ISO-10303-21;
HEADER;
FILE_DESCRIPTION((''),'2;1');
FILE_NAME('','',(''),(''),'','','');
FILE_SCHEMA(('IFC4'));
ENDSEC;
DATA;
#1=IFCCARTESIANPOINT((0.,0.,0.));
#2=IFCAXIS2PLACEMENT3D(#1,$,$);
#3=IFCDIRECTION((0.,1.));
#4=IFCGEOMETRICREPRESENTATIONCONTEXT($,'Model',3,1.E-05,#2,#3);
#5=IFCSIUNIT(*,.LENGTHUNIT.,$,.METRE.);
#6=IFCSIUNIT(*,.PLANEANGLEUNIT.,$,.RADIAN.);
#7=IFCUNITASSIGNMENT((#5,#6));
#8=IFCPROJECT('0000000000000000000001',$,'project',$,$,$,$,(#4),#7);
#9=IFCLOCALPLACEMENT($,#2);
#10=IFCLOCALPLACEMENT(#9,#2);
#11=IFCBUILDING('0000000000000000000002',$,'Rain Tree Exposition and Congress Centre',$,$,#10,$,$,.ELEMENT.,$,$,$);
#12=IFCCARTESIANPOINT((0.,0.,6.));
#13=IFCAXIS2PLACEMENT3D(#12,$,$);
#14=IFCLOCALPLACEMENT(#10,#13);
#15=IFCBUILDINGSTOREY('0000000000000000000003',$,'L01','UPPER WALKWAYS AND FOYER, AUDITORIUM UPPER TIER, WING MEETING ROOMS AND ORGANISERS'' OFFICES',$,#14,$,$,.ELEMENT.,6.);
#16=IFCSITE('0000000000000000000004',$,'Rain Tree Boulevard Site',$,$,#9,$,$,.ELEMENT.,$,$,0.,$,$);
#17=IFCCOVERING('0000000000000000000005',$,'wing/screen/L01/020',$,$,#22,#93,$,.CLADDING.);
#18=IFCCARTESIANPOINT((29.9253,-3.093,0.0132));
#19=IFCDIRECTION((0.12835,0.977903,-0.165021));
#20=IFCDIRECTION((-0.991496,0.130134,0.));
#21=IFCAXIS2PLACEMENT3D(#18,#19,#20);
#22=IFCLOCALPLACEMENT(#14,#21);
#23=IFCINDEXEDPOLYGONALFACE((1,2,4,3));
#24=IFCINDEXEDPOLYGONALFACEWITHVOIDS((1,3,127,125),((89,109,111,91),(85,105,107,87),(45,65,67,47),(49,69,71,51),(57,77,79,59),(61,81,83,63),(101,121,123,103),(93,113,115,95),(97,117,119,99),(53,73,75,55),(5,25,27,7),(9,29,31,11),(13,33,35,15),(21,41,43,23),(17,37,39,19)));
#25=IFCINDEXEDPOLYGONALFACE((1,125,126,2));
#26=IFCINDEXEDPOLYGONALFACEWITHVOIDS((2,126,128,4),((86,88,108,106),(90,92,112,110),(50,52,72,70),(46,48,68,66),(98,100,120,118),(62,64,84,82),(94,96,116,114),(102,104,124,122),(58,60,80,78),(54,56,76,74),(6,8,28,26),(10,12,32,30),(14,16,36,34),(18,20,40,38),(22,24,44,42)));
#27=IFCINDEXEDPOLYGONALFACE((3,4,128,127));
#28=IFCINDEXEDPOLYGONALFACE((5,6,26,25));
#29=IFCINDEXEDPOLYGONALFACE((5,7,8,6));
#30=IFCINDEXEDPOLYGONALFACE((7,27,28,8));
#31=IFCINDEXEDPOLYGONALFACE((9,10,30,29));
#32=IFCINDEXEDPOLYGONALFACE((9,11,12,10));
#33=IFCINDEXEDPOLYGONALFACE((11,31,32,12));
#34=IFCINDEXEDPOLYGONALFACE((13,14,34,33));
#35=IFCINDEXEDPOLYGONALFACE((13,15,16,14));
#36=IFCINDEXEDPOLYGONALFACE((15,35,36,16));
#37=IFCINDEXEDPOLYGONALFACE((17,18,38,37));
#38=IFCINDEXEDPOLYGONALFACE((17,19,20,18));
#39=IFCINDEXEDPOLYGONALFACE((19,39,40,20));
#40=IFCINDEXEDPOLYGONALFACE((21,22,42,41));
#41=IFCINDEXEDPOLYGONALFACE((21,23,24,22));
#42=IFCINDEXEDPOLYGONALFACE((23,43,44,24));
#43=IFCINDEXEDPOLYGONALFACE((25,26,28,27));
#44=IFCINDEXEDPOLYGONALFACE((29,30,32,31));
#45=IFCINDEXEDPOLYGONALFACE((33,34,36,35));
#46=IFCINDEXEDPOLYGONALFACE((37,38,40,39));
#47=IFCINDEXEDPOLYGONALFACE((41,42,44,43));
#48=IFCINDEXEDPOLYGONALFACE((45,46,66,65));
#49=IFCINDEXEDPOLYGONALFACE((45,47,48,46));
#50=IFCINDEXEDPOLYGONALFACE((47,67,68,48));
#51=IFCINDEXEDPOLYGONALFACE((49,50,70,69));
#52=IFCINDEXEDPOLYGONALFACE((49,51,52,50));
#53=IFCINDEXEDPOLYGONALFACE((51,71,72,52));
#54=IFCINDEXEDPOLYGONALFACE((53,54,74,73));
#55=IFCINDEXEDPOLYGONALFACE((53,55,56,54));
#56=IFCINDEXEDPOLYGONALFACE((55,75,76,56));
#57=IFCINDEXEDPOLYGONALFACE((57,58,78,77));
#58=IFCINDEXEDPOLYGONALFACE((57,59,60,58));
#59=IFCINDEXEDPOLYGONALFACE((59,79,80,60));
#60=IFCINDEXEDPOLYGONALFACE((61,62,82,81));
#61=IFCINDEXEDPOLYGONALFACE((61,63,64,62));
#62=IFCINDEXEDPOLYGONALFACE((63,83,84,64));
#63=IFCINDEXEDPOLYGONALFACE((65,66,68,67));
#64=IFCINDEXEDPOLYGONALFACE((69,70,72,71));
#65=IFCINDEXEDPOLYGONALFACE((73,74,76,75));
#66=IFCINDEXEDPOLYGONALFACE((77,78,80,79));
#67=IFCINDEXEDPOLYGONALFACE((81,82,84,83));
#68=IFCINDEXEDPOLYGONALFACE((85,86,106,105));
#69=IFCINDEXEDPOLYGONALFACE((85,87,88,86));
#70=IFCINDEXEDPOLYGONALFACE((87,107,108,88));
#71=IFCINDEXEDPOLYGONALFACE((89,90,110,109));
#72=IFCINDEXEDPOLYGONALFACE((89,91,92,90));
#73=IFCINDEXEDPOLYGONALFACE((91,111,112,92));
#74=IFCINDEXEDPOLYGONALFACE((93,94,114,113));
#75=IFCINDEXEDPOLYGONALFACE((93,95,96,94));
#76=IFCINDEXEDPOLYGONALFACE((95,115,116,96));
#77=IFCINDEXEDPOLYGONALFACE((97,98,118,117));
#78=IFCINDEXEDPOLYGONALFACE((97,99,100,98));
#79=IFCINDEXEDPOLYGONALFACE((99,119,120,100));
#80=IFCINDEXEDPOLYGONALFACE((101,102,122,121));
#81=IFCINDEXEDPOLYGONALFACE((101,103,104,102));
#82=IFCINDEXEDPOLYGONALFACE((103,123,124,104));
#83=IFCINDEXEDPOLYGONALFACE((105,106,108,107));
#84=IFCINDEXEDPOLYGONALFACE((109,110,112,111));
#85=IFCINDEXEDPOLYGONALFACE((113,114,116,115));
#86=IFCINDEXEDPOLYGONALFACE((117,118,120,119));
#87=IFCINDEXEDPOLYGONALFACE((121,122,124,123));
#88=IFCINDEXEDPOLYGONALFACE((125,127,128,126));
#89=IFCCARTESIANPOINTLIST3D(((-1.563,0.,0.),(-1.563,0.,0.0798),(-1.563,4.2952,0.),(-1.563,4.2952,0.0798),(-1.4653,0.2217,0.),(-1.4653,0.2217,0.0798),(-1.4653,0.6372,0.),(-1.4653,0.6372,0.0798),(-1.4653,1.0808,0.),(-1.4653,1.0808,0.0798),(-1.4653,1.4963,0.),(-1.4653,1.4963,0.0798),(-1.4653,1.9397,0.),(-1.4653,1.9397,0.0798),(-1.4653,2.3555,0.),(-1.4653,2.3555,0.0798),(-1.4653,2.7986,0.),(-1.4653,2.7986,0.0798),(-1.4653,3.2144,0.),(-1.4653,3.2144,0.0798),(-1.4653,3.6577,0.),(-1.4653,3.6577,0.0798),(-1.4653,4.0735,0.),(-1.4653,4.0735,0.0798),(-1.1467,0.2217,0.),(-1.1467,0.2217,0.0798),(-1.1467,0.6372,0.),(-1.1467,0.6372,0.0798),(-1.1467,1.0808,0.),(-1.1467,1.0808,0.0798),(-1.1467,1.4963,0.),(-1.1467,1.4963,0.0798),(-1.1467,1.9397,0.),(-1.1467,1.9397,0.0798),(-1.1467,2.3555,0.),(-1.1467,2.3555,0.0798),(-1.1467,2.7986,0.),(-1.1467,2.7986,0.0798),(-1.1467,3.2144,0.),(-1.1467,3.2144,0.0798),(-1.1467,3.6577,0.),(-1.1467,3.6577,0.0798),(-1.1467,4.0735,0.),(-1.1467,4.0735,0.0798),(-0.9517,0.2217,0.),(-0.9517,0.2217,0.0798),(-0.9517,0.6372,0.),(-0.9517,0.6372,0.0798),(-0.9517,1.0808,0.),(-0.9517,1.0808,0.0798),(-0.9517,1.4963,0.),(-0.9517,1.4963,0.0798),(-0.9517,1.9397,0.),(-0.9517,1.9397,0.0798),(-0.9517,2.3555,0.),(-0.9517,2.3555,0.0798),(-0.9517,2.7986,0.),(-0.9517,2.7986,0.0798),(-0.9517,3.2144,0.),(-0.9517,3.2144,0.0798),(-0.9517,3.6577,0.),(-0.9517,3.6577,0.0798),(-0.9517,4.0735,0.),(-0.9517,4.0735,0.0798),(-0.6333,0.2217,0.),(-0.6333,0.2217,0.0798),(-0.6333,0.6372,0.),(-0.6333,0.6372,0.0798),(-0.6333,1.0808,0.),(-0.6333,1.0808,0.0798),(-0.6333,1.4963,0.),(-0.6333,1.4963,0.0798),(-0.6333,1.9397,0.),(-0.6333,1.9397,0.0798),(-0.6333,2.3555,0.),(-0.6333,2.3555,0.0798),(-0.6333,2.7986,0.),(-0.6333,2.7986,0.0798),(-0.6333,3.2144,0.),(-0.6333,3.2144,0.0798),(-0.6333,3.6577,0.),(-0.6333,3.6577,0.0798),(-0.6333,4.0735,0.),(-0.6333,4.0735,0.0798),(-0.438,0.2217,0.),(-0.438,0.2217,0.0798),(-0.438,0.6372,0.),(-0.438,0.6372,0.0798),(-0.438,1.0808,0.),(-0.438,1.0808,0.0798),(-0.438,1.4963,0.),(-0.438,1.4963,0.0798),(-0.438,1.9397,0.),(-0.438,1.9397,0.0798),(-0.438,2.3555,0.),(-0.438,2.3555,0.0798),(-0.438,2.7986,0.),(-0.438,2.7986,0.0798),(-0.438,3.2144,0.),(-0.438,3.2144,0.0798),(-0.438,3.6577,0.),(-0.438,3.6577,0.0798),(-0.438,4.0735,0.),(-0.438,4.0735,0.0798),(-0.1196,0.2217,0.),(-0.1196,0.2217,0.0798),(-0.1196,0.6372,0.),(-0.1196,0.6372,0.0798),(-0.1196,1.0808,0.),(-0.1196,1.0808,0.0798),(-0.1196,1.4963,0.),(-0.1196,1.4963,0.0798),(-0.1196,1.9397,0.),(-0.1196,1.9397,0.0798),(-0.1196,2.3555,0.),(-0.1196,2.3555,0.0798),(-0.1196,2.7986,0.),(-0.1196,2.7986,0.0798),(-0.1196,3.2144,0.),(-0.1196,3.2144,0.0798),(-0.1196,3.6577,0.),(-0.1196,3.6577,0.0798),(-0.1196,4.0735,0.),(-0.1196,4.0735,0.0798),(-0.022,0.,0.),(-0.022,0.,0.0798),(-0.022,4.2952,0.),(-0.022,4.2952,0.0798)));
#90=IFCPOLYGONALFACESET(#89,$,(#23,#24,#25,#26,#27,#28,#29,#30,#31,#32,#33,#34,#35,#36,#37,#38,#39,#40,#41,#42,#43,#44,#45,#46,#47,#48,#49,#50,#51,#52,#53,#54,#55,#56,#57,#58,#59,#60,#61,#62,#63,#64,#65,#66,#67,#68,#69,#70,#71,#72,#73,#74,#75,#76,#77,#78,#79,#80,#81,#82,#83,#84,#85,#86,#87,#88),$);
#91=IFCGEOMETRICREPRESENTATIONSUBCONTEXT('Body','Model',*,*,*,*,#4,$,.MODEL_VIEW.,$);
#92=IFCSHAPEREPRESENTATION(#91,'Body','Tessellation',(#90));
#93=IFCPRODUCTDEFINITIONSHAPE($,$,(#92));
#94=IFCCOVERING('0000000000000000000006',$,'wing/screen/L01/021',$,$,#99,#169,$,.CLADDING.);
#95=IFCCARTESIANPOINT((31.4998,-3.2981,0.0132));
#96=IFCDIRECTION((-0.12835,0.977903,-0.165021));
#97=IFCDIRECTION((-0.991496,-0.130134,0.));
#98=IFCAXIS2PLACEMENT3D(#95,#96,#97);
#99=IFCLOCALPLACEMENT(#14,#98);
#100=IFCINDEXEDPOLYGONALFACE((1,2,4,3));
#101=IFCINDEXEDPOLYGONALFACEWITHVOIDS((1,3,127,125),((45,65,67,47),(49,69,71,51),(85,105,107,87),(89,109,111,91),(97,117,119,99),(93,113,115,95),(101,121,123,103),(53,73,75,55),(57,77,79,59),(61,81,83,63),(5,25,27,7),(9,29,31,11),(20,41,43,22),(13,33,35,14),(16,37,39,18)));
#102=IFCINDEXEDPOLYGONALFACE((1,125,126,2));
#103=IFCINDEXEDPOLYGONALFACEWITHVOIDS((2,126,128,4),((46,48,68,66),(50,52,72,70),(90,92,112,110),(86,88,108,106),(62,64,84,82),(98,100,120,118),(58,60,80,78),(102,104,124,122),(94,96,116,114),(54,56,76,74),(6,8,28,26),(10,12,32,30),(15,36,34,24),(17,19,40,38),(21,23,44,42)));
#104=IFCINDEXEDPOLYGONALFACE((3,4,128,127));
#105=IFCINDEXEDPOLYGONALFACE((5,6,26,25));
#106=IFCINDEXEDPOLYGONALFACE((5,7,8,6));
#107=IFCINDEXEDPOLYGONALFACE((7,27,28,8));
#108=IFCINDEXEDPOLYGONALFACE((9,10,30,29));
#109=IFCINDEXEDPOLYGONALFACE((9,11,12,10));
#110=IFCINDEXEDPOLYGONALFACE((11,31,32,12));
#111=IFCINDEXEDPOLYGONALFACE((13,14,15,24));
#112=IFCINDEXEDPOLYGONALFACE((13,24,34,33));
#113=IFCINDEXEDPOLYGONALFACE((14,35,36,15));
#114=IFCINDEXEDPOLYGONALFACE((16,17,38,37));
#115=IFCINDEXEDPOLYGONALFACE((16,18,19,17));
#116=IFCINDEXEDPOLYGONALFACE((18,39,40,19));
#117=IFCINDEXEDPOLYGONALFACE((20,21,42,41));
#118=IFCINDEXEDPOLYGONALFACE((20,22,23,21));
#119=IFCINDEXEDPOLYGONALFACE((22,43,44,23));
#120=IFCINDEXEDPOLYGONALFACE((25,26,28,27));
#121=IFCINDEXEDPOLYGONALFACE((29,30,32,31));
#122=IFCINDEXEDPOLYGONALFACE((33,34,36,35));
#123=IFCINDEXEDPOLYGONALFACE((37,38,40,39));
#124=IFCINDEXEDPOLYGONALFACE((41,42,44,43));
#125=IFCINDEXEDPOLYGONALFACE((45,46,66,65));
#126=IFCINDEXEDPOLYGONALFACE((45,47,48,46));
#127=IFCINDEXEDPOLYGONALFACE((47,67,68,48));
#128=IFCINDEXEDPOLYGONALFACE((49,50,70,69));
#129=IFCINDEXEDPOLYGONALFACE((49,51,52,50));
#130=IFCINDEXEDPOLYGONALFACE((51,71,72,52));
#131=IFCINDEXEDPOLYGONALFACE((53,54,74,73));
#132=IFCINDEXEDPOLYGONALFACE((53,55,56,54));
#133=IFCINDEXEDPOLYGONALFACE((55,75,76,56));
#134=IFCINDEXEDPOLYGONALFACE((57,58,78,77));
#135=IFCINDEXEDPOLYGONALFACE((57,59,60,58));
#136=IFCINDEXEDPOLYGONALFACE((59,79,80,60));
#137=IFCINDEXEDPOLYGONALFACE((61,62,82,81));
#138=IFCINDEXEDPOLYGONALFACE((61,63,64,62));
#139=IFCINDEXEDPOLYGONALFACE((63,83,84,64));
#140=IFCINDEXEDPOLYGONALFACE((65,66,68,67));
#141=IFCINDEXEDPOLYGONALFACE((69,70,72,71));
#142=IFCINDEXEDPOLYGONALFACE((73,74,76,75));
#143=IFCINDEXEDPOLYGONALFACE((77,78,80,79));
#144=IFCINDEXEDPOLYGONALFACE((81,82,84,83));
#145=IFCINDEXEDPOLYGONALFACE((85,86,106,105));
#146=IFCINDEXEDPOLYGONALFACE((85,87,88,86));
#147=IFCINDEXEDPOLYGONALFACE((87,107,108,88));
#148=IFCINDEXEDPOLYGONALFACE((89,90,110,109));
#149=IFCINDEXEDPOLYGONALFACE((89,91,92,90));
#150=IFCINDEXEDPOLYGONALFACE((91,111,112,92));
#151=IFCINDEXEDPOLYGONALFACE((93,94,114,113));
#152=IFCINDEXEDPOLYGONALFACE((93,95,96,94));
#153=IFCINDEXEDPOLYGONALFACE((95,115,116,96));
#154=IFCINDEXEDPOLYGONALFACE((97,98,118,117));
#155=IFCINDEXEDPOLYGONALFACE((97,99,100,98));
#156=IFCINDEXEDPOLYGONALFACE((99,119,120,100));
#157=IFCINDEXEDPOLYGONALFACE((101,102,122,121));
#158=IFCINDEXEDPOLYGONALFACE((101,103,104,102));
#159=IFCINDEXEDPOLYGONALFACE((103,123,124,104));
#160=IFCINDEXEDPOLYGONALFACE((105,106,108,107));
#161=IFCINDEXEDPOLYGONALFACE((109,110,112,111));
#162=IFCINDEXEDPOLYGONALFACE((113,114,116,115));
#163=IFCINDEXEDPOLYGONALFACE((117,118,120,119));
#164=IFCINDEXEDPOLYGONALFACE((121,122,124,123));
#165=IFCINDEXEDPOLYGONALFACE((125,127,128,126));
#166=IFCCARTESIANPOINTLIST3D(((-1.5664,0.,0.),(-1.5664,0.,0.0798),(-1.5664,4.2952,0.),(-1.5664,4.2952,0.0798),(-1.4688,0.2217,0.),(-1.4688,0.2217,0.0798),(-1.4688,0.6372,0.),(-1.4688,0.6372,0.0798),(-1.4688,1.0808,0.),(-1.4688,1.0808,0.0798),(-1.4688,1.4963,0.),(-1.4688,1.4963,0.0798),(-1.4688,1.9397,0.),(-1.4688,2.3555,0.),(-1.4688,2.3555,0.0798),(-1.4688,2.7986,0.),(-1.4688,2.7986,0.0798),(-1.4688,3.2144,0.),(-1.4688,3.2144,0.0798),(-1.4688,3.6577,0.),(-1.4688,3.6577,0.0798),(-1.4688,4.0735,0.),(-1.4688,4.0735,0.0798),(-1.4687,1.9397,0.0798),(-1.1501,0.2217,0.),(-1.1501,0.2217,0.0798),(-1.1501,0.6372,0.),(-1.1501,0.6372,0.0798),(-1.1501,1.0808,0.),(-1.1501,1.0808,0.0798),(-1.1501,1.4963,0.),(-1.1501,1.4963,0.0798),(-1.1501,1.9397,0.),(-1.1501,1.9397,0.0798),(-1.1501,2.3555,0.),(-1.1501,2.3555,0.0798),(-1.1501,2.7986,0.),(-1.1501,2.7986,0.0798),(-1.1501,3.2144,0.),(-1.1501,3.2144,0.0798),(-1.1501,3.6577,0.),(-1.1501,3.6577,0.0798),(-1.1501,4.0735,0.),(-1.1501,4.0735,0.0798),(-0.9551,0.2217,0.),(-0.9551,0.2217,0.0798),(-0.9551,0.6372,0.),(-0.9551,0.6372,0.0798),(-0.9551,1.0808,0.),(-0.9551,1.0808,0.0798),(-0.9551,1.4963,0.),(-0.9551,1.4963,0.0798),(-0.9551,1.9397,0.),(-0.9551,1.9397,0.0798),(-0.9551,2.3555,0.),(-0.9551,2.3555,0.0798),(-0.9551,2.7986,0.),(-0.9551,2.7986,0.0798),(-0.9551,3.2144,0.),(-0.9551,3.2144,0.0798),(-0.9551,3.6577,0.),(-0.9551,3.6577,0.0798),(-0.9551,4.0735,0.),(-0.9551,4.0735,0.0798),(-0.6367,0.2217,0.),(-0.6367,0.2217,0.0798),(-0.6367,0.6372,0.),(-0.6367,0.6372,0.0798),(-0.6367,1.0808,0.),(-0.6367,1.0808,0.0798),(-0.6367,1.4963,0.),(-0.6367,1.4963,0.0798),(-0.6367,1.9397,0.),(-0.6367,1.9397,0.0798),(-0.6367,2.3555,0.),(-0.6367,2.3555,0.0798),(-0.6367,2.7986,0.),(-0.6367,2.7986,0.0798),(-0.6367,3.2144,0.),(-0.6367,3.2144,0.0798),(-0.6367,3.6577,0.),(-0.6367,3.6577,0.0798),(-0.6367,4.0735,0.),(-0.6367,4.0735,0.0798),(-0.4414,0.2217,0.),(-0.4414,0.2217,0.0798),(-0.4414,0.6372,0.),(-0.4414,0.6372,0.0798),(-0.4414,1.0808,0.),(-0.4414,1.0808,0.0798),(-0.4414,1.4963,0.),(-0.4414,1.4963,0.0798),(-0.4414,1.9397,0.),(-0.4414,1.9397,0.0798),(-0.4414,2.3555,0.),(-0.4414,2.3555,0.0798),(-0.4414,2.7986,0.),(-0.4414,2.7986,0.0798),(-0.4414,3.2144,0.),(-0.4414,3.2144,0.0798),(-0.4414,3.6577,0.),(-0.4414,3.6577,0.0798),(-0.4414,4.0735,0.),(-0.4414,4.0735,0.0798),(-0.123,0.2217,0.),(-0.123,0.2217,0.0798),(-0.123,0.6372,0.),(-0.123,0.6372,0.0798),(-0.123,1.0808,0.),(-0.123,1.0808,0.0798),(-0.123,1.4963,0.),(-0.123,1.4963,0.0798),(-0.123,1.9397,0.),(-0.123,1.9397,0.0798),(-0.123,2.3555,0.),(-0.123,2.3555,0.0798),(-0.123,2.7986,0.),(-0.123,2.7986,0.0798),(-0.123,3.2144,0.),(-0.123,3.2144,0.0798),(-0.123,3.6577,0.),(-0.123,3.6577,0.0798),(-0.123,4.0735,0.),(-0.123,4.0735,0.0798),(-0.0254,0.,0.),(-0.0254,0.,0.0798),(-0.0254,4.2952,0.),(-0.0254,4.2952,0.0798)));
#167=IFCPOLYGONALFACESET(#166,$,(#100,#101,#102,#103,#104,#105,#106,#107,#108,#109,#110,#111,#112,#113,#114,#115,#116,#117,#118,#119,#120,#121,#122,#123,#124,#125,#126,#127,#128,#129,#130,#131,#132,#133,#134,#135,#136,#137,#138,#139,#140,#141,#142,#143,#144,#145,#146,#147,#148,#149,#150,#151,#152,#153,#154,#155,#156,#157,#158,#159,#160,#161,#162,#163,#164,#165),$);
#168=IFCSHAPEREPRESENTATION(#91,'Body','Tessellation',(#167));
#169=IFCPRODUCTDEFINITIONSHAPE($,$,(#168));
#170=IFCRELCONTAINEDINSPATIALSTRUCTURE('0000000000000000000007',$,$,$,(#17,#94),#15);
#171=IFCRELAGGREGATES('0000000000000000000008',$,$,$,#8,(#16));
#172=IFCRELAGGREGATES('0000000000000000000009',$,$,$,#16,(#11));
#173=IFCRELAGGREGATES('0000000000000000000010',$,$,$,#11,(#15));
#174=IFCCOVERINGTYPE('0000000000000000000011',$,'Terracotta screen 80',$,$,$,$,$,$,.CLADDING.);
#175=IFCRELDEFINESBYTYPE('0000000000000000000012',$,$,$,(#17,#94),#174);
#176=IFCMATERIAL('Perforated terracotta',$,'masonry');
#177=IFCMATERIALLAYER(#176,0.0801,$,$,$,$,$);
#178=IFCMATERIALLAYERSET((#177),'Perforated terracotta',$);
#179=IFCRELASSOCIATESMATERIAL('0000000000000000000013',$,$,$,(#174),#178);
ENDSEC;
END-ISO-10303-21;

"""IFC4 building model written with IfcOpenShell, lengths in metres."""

from ifc_helpers import new_model, si_unit, direction, frame, origin, place, context, subcontext, project, spatial, polyline, outline, extrude, material, layer, layer_set, type_object, element, save


model = new_model("IFC4")

# Units and contexts
model_context = context("Model", 3, precision=1e-05, world=origin(), true_north=direction((0.0, 1.0)))
body_context = subcontext(model_context, "Body", "Model", "MODEL_VIEW")
ifc_project = project(units=[si_unit("LENGTHUNIT", "METRE"), si_unit("PLANEANGLEUNIT", "RADIAN")], contexts=[model_context])

# Site, building, storey
site_placement = place(None, origin())
site = spatial("IfcSite", under=ifc_project, at=site_placement, Name="Rain Tree Boulevard Site", CompositionType="ELEMENT", RefElevation=0.0)
building_placement = place(site_placement, origin())
building = spatial("IfcBuilding", under=site, at=building_placement, Name="Rain Tree Exposition and Congress Centre", CompositionType="ELEMENT")
storey_placement = place(building_placement, frame((0.0, 0.0, 6.0)))
storey = spatial("IfcBuildingStorey", under=building, at=storey_placement, Name="L01", Description="UPPER WALKWAYS AND FOYER, AUDITORIUM UPPER TIER, WING MEETING ROOMS AND ORGANISERS' OFFICES", CompositionType="ELEMENT", Elevation=6.0)

# Coverings
ifc_material_1 = material(Name="Perforated terracotta", Category="masonry")
ifc_layer_1 = layer(ifc_material_1, 0.0801)
ifc_layer_set_1 = layer_set([ifc_layer_1], Name="Perforated terracotta")
covering_type = type_object("IfcCoveringType", Name="Terracotta screen 80", PredefinedType="CLADDING", material=ifc_layer_set_1)
covering_1_placement = place(storey_placement, frame((29.9253, -3.093, 0.0132), z_axis=(0.12835, 0.977903, -0.165021), x_axis=(-0.991496, 0.130134, 0.0)))
element("IfcCovering", 1, at=covering_1_placement, inside=storey, type_object=covering_type, Name="wing/screen/L01/020", PredefinedType="CLADDING", context=body_context, shape_type="SweptSolid", body=[
    extrude(outline(polyline([(-1.563, 0.0), (-1.563, 4.2952), (-0.022, 4.2952), (-0.022, 0.0), (-1.563, 0.0)]), holes=[polyline([(-0.1196, 0.2217), (-0.1196, 0.6372), (-0.438, 0.6372), (-0.438, 0.2217), (-0.1196, 0.2217)]), polyline([(-0.1196, 1.0808), (-0.1196, 1.4963), (-0.438, 1.4963), (-0.438, 1.0808), (-0.1196, 1.0808)]), polyline([(-0.1196, 1.9397), (-0.1196, 2.3555), (-0.438, 2.3555), (-0.438, 1.9397), (-0.1196, 1.9397)]), polyline([(-0.1196, 2.7986), (-0.1196, 3.2144), (-0.438, 3.2144), (-0.438, 2.7986), (-0.1196, 2.7986)]), polyline([(-0.1196, 3.6577), (-0.1196, 4.0735), (-0.438, 4.0735), (-0.438, 3.6577), (-0.1196, 3.6577)]), polyline([(-0.6333, 0.2217), (-0.6333, 0.6372), (-0.9517, 0.6372), (-0.9517, 0.2217), (-0.6333, 0.2217)]), polyline([(-0.6333, 1.0808), (-0.6333, 1.4963), (-0.9517, 1.4963), (-0.9517, 1.0808), (-0.6333, 1.0808)]), polyline([(-0.6333, 1.9397), (-0.6333, 2.3555), (-0.9517, 2.3555), (-0.9517, 1.9397), (-0.6333, 1.9397)]), polyline([(-0.6333, 2.7986), (-0.6333, 3.2144), (-0.9517, 3.2144), (-0.9517, 2.7986), (-0.6333, 2.7986)]), polyline([(-0.6333, 3.6577), (-0.6333, 4.0735), (-0.9517, 4.0735), (-0.9517, 3.6577), (-0.6333, 3.6577)]), polyline([(-1.1467, 0.2217), (-1.1467, 0.6372), (-1.4653, 0.6372), (-1.4653, 0.2217), (-1.1467, 0.2217)]), polyline([(-1.1467, 1.0808), (-1.1467, 1.4963), (-1.4653, 1.4963), (-1.4653, 1.0808), (-1.1467, 1.0808)]), polyline([(-1.1467, 1.9397), (-1.1467, 2.3555), (-1.4653, 2.3555), (-1.4653, 1.9397), (-1.1467, 1.9397)]), polyline([(-1.1467, 2.7986), (-1.1467, 3.2144), (-1.4653, 3.2144), (-1.4653, 2.7986), (-1.1467, 2.7986)]), polyline([(-1.1467, 3.6577), (-1.1467, 4.0735), (-1.4653, 4.0735), (-1.4653, 3.6577), (-1.1467, 3.6577)])]), origin(), (0.0, 0.0, 1.0), 0.0798),
])
covering_2_placement = place(storey_placement, frame((31.4998, -3.2981, 0.0132), z_axis=(-0.12835, 0.977903, -0.165021), x_axis=(-0.991496, -0.130134, 0.0)))
element("IfcCovering", 2, at=covering_2_placement, inside=storey, type_object=covering_type, Name="wing/screen/L01/021", PredefinedType="CLADDING", context=body_context, shape_type="SweptSolid", body=[
    extrude(outline(polyline([(-1.5664, 0.0), (-1.5664, 4.2952), (-0.0254, 4.2952), (-0.0254, 0.0), (-1.5664, 0.0)]), holes=[polyline([(-0.123, 0.2217), (-0.123, 0.6372), (-0.4414, 0.6372), (-0.4414, 0.2217), (-0.123, 0.2217)]), polyline([(-0.123, 1.0808), (-0.123, 1.4963), (-0.4414, 1.4963), (-0.4414, 1.0808), (-0.123, 1.0808)]), polyline([(-0.123, 1.9397), (-0.123, 2.3555), (-0.4414, 2.3555), (-0.4414, 1.9397), (-0.123, 1.9397)]), polyline([(-0.123, 2.7986), (-0.123, 3.2144), (-0.4414, 3.2144), (-0.4414, 2.7986), (-0.123, 2.7986)]), polyline([(-0.123, 3.6577), (-0.123, 4.0735), (-0.4414, 4.0735), (-0.4414, 3.6577), (-0.123, 3.6577)]), polyline([(-0.6367, 0.2217), (-0.6367, 0.6372), (-0.9551, 0.6372), (-0.9551, 0.2217), (-0.6367, 0.2217)]), polyline([(-0.6367, 1.0808), (-0.6367, 1.4963), (-0.9551, 1.4963), (-0.9551, 1.0808), (-0.6367, 1.0808)]), polyline([(-0.6367, 1.9397), (-0.6367, 2.3555), (-0.9551, 2.3555), (-0.9551, 1.9397), (-0.6367, 1.9397)]), polyline([(-0.6367, 2.7986), (-0.6367, 3.2144), (-0.9551, 3.2144), (-0.9551, 2.7986), (-0.6367, 2.7986)]), polyline([(-0.6367, 3.6577), (-0.6367, 4.0735), (-0.9551, 4.0735), (-0.9551, 3.6577), (-0.6367, 3.6577)]), polyline([(-1.1501, 0.2217), (-1.1501, 0.6372), (-1.4688, 0.6372), (-1.4688, 0.2217), (-1.1501, 0.2217)]), polyline([(-1.1501, 1.0808), (-1.1501, 1.4963), (-1.4688, 1.4963), (-1.4688, 1.0808), (-1.1501, 1.0808)]), polyline([(-1.1501, 1.9397), (-1.1501, 2.3555), (-1.4688, 2.3555), (-1.4688, 1.9397), (-1.1501, 1.9397)]), polyline([(-1.1501, 2.7986), (-1.1501, 3.2144), (-1.4688, 3.2144), (-1.4688, 2.7986), (-1.1501, 2.7986)]), polyline([(-1.1501, 3.6577), (-1.1501, 4.0735), (-1.4688, 4.0735), (-1.4688, 3.6577), (-1.1501, 3.6577)])]), origin(), (0.0, 0.0, 1.0), 0.0798),
])

save(model, "model.ifc")
